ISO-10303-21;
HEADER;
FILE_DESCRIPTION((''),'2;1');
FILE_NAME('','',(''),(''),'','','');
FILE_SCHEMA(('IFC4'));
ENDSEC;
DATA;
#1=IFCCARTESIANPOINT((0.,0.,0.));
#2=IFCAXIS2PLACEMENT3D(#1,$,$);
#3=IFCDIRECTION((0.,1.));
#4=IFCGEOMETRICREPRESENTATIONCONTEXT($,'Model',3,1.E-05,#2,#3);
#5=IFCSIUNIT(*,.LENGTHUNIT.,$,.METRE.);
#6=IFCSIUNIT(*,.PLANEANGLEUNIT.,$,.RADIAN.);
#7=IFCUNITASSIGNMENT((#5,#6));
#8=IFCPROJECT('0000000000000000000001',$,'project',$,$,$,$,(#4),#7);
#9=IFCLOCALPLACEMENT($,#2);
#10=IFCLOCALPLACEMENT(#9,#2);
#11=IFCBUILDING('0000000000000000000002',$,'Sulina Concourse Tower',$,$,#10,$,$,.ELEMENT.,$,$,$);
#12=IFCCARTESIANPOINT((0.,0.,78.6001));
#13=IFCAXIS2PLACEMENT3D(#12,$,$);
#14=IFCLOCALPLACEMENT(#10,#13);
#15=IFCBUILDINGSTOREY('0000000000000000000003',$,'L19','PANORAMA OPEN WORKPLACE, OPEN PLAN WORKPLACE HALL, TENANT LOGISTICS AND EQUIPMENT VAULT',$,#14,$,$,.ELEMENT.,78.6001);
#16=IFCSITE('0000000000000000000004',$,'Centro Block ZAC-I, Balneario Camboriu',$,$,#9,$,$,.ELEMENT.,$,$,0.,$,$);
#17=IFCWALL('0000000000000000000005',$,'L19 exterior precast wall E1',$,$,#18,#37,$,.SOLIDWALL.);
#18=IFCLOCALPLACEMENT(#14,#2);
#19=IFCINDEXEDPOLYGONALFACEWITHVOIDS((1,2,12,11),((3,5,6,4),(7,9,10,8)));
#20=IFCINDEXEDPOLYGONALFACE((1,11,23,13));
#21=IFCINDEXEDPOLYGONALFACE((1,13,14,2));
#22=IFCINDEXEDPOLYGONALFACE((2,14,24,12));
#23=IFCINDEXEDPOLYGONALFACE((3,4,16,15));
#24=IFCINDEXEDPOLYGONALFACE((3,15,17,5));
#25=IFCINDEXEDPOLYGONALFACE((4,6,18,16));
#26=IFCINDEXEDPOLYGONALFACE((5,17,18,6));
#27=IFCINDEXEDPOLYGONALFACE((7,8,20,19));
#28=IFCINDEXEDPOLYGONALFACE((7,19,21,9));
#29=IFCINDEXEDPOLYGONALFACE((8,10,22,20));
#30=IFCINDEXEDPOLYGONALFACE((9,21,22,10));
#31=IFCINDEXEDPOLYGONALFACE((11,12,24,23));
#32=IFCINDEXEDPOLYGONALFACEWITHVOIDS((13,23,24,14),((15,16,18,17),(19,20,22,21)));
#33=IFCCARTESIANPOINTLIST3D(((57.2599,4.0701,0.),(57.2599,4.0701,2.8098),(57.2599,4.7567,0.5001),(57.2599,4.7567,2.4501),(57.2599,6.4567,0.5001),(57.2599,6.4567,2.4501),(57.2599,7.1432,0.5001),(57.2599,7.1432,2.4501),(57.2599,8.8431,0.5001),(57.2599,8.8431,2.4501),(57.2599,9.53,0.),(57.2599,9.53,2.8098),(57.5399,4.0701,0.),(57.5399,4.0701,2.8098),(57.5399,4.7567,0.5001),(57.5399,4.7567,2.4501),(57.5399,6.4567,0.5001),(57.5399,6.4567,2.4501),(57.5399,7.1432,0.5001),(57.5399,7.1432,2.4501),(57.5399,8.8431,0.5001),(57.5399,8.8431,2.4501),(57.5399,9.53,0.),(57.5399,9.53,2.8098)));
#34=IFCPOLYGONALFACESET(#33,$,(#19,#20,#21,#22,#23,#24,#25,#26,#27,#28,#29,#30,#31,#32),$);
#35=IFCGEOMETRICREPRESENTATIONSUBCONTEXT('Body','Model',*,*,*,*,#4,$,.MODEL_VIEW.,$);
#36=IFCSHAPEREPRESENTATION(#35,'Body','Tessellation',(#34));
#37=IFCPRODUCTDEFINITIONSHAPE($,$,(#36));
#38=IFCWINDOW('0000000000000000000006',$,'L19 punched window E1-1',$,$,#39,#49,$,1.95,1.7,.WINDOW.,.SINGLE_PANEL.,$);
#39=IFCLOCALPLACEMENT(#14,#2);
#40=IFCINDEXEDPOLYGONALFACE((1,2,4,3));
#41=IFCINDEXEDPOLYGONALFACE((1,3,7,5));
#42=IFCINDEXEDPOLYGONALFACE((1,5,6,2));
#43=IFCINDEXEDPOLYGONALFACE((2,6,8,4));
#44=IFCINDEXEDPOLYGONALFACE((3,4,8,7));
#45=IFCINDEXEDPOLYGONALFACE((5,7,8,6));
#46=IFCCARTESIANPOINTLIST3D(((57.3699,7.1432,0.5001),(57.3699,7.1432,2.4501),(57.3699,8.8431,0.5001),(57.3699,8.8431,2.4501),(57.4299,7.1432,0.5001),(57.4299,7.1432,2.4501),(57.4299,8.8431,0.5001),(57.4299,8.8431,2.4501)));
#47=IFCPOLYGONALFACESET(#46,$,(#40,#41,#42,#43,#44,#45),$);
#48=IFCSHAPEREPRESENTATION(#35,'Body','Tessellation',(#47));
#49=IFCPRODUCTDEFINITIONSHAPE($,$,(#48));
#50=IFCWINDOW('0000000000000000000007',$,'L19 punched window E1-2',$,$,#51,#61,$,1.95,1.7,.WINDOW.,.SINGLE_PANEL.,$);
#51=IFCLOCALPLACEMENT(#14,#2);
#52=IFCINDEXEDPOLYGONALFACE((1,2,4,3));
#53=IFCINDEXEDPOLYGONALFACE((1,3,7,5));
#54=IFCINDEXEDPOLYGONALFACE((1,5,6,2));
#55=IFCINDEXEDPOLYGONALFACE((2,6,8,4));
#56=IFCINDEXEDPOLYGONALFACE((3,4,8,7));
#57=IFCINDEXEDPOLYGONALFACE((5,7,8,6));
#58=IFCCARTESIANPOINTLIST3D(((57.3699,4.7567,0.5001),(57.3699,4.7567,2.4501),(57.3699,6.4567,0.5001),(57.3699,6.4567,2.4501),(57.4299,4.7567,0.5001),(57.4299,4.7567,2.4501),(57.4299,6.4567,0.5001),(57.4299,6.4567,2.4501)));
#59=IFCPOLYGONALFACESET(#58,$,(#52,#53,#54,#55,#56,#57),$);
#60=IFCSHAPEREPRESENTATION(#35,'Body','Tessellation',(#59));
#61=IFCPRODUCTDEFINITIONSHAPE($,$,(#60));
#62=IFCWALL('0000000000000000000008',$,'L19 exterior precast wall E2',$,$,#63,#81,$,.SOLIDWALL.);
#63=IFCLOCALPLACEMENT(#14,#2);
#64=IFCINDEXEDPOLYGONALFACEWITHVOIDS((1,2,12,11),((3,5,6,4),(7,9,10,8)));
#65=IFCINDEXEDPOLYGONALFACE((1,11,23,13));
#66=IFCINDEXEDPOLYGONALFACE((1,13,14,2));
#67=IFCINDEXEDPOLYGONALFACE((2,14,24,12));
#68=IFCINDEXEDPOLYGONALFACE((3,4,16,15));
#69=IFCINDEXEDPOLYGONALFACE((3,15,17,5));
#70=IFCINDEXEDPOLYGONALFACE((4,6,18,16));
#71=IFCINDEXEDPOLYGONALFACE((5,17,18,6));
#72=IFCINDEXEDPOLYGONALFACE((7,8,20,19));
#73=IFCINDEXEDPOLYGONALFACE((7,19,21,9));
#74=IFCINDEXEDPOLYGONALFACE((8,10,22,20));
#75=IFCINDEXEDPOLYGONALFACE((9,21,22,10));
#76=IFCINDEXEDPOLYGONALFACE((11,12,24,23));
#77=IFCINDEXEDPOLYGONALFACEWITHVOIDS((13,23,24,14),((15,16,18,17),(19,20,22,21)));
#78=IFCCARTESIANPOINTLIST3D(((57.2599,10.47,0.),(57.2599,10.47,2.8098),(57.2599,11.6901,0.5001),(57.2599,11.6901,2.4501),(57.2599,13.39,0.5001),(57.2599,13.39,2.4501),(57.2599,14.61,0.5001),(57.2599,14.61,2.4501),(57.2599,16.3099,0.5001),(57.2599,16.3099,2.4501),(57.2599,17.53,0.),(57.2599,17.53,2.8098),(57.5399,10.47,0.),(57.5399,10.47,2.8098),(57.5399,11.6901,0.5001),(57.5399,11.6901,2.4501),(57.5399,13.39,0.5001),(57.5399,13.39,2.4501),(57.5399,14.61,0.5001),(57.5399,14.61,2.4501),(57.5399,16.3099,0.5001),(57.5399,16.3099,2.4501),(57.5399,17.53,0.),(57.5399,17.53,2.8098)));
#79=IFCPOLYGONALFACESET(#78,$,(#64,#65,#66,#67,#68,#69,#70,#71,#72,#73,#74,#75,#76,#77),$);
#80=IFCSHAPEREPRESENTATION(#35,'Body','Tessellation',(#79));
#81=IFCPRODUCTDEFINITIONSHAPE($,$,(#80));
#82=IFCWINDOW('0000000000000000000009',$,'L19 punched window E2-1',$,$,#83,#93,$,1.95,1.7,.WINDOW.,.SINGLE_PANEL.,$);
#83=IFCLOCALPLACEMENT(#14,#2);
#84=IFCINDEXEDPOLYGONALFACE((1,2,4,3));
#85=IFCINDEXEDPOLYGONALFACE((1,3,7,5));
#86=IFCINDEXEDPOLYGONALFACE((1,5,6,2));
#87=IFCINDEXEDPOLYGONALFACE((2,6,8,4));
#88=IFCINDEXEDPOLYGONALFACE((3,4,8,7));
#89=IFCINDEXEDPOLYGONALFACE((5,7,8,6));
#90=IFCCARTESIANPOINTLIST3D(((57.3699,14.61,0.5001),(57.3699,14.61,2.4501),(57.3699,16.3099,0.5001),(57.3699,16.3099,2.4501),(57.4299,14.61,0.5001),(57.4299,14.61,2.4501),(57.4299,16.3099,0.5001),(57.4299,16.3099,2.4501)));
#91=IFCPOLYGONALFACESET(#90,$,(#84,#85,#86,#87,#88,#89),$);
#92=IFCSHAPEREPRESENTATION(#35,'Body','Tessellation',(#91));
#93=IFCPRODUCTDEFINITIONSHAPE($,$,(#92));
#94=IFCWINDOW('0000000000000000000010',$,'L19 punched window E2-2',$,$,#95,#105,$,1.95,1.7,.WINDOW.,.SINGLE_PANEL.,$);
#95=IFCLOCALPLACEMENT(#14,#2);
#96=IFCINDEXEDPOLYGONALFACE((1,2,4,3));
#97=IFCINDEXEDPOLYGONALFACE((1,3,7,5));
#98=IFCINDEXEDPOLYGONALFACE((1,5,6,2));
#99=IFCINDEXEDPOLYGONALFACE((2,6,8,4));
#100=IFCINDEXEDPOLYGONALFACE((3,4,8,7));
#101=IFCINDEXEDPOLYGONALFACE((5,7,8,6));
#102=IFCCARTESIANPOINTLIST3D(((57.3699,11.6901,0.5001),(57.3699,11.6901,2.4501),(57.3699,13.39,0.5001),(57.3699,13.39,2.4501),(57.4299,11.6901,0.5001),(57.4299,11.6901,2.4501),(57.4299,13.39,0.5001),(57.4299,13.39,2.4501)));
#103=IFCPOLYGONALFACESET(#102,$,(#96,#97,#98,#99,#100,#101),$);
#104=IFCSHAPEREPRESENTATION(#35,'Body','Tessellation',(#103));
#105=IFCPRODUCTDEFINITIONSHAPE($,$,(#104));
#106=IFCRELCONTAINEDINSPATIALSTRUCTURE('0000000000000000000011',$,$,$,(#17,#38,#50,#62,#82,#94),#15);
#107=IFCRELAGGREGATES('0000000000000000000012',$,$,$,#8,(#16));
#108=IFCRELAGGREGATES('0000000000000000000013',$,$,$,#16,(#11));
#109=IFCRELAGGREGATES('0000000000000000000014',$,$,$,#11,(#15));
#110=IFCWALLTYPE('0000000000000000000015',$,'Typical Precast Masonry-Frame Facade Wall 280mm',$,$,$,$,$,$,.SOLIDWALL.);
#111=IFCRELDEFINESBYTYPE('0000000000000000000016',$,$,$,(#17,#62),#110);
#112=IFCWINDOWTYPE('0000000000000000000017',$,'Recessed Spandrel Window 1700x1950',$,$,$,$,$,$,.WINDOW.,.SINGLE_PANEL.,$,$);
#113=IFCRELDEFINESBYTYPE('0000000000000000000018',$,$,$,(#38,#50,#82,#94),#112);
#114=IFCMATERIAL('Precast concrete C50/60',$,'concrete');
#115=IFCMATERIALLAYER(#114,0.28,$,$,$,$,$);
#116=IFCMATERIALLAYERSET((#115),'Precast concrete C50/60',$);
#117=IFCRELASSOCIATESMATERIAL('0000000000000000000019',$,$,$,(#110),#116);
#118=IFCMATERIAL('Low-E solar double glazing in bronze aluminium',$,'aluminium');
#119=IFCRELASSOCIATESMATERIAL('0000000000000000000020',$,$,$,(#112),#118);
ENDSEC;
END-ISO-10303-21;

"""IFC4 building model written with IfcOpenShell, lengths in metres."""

from ifc_helpers import new_model, si_unit, direction, frame, frame_2d, origin, place, context, subcontext, project, spatial, rectangle, extrude, material, layer, layer_set, type_object, element, fill, save


model = new_model("IFC4")

# Units and contexts
model_context = context("Model", 3, precision=1e-05, world=origin(), true_north=direction((0.0, 1.0)))
body_context = subcontext(model_context, "Body", "Model", "MODEL_VIEW")
ifc_project = project(units=[si_unit("LENGTHUNIT", "METRE"), si_unit("PLANEANGLEUNIT", "RADIAN")], contexts=[model_context])

# Site, building, storey
site_placement = place(None, origin())
site = spatial("IfcSite", under=ifc_project, at=site_placement, Name="Centro Block ZAC-I, Balneario Camboriu", CompositionType="ELEMENT", RefElevation=0.0)
building_placement = place(site_placement, origin())
building = spatial("IfcBuilding", under=site, at=building_placement, Name="Sulina Concourse Tower", CompositionType="ELEMENT")
storey_placement = place(building_placement, frame((0.0, 0.0, 78.6001)))
storey = spatial("IfcBuildingStorey", under=building, at=storey_placement, Name="L19", Description="PANORAMA OPEN WORKPLACE, OPEN PLAN WORKPLACE HALL, TENANT LOGISTICS AND EQUIPMENT VAULT", CompositionType="ELEMENT", Elevation=78.6001)

# Walls, openings, windows
ifc_material_1 = material(Name="Precast concrete C50/60", Category="concrete")
ifc_layer_1 = layer(ifc_material_1, 0.28)
ifc_layer_set_1 = layer_set([ifc_layer_1], Name="Precast concrete C50/60")
wall_type_1 = type_object("IfcWallType", Name="Typical Precast Masonry-Frame Facade Wall 280mm", PredefinedType="SOLIDWALL", material=ifc_layer_set_1)
wall_1_placement = place(storey_placement, frame((57.3999, 9.53, 0.0), z_axis=(0.0, 0.0, 1.0), x_axis=(0.0, -1.0, 0.0)))
wall_1 = element("IfcWall", 1, at=wall_1_placement, inside=storey, type_object=wall_type_1, Name="L19 exterior precast wall E1", PredefinedType="SOLIDWALL", context=body_context, shape_type="SweptSolid", body=[
    extrude(rectangle(XDim=5.46, YDim=0.28, at=frame_2d((2.73, 0.0))), origin(), (0.0, 0.0, 1.0), 2.8098),
])
opening_1_placement = place(wall_1_placement, frame((0.6868, 0.0, 0.5)))
opening_1 = element("IfcOpeningElement", 2, at=opening_1_placement, cuts=wall_1, PredefinedType="OPENING", context=body_context, shape_type="SweptSolid", body=[
    extrude(rectangle(XDim=1.7, YDim=1.95, at=frame_2d((0.8501, 0.9751))), frame((0.0, 0.1499, 0.0), z_axis=(0.0, -1.0, 0.0), x_axis=(1.0, 0.0, 0.0)), (0.0, 0.0, 1.0), 0.3),
])
opening_2_placement = place(wall_1_placement, frame((3.0732, 0.0, 0.5)))
opening_2 = element("IfcOpeningElement", 3, at=opening_2_placement, cuts=wall_1, PredefinedType="OPENING", context=body_context, shape_type="SweptSolid", body=[
    extrude(rectangle(XDim=1.7, YDim=1.95, at=frame_2d((0.8501, 0.9751))), frame((0.0, 0.1499, 0.0), z_axis=(0.0, -1.0, 0.0), x_axis=(1.0, 0.0, 0.0)), (0.0, 0.0, 1.0), 0.3),
])
ifc_material_2 = material(Name="Low-E solar double glazing in bronze aluminium", Category="aluminium")
window_type = type_object("IfcWindowType", Name="Recessed Spandrel Window 1700x1950", PartitioningType="SINGLE_PANEL", PredefinedType="WINDOW", material=ifc_material_2)
window_1_placement = place(opening_1_placement, origin())
window_1 = element("IfcWindow", 4, at=window_1_placement, inside=storey, type_object=window_type, Name="L19 punched window E1-1", OverallHeight=1.95, OverallWidth=1.7, PartitioningType="SINGLE_PANEL", PredefinedType="WINDOW", context=body_context, shape_type="SweptSolid", body=[
    extrude(rectangle(XDim=1.7, YDim=1.95, at=frame_2d((0.8501, 0.9751))), frame((0.0, 0.03, 0.0), z_axis=(0.0, -1.0, 0.0), x_axis=(1.0, 0.0, 0.0)), (0.0, 0.0, 1.0), 0.0601),
])
fill(opening_1, window_1)
window_2_placement = place(opening_2_placement, origin())
window_2 = element("IfcWindow", 5, at=window_2_placement, inside=storey, type_object=window_type, Name="L19 punched window E1-2", OverallHeight=1.95, OverallWidth=1.7, PartitioningType="SINGLE_PANEL", PredefinedType="WINDOW", context=body_context, shape_type="SweptSolid", body=[
    extrude(rectangle(XDim=1.7, YDim=1.95, at=frame_2d((0.8501, 0.9751))), frame((0.0, 0.03, 0.0), z_axis=(0.0, -1.0, 0.0), x_axis=(1.0, 0.0, 0.0)), (0.0, 0.0, 1.0), 0.0601),
])
fill(opening_2, window_2)
wall_2_placement = place(storey_placement, frame((57.3999, 17.53, 0.0), z_axis=(0.0, 0.0, 1.0), x_axis=(0.0, -1.0, 0.0)))
wall_2 = element("IfcWall", 6, at=wall_2_placement, inside=storey, type_object=wall_type_1, Name="L19 exterior precast wall E2", PredefinedType="SOLIDWALL", context=body_context, shape_type="SweptSolid", body=[
    extrude(rectangle(XDim=7.0601, YDim=0.28, at=frame_2d((3.53, 0.0))), origin(), (0.0, 0.0, 1.0), 2.8098),
])
opening_3_placement = place(wall_2_placement, frame((1.22, 0.0, 0.5)))
opening_3 = element("IfcOpeningElement", 7, at=opening_3_placement, cuts=wall_2, PredefinedType="OPENING", context=body_context, shape_type="SweptSolid", body=[
    extrude(rectangle(XDim=1.7, YDim=1.95, at=frame_2d((0.8501, 0.9751))), frame((0.0, 0.1499, 0.0), z_axis=(0.0, -1.0, 0.0), x_axis=(1.0, 0.0, 0.0)), (0.0, 0.0, 1.0), 0.3),
])
opening_4_placement = place(wall_2_placement, frame((4.1399, 0.0, 0.5)))
opening_4 = element("IfcOpeningElement", 8, at=opening_4_placement, cuts=wall_2, PredefinedType="OPENING", context=body_context, shape_type="SweptSolid", body=[
    extrude(rectangle(XDim=1.7, YDim=1.95, at=frame_2d((0.8501, 0.9751))), frame((0.0, 0.1499, 0.0), z_axis=(0.0, -1.0, 0.0), x_axis=(1.0, 0.0, 0.0)), (0.0, 0.0, 1.0), 0.3),
])
window_3_placement = place(opening_3_placement, origin())
window_3 = element("IfcWindow", 9, at=window_3_placement, inside=storey, type_object=window_type, Name="L19 punched window E2-1", OverallHeight=1.95, OverallWidth=1.7, PartitioningType="SINGLE_PANEL", PredefinedType="WINDOW", context=body_context, shape_type="SweptSolid", body=[
    extrude(rectangle(XDim=1.7, YDim=1.95, at=frame_2d((0.8501, 0.9751))), frame((0.0, 0.03, 0.0), z_axis=(0.0, -1.0, 0.0), x_axis=(1.0, 0.0, 0.0)), (0.0, 0.0, 1.0), 0.0601),
])
fill(opening_3, window_3)
window_4_placement = place(opening_4_placement, origin())
window_4 = element("IfcWindow", 10, at=window_4_placement, inside=storey, type_object=window_type, Name="L19 punched window E2-2", OverallHeight=1.95, OverallWidth=1.7, PartitioningType="SINGLE_PANEL", PredefinedType="WINDOW", context=body_context, shape_type="SweptSolid", body=[
    extrude(rectangle(XDim=1.7, YDim=1.95, at=frame_2d((0.8501, 0.9751))), frame((0.0, 0.03, 0.0), z_axis=(0.0, -1.0, 0.0), x_axis=(1.0, 0.0, 0.0)), (0.0, 0.0, 1.0), 0.0601),
])
fill(opening_4, window_4)

save(model, "model.ifc")
